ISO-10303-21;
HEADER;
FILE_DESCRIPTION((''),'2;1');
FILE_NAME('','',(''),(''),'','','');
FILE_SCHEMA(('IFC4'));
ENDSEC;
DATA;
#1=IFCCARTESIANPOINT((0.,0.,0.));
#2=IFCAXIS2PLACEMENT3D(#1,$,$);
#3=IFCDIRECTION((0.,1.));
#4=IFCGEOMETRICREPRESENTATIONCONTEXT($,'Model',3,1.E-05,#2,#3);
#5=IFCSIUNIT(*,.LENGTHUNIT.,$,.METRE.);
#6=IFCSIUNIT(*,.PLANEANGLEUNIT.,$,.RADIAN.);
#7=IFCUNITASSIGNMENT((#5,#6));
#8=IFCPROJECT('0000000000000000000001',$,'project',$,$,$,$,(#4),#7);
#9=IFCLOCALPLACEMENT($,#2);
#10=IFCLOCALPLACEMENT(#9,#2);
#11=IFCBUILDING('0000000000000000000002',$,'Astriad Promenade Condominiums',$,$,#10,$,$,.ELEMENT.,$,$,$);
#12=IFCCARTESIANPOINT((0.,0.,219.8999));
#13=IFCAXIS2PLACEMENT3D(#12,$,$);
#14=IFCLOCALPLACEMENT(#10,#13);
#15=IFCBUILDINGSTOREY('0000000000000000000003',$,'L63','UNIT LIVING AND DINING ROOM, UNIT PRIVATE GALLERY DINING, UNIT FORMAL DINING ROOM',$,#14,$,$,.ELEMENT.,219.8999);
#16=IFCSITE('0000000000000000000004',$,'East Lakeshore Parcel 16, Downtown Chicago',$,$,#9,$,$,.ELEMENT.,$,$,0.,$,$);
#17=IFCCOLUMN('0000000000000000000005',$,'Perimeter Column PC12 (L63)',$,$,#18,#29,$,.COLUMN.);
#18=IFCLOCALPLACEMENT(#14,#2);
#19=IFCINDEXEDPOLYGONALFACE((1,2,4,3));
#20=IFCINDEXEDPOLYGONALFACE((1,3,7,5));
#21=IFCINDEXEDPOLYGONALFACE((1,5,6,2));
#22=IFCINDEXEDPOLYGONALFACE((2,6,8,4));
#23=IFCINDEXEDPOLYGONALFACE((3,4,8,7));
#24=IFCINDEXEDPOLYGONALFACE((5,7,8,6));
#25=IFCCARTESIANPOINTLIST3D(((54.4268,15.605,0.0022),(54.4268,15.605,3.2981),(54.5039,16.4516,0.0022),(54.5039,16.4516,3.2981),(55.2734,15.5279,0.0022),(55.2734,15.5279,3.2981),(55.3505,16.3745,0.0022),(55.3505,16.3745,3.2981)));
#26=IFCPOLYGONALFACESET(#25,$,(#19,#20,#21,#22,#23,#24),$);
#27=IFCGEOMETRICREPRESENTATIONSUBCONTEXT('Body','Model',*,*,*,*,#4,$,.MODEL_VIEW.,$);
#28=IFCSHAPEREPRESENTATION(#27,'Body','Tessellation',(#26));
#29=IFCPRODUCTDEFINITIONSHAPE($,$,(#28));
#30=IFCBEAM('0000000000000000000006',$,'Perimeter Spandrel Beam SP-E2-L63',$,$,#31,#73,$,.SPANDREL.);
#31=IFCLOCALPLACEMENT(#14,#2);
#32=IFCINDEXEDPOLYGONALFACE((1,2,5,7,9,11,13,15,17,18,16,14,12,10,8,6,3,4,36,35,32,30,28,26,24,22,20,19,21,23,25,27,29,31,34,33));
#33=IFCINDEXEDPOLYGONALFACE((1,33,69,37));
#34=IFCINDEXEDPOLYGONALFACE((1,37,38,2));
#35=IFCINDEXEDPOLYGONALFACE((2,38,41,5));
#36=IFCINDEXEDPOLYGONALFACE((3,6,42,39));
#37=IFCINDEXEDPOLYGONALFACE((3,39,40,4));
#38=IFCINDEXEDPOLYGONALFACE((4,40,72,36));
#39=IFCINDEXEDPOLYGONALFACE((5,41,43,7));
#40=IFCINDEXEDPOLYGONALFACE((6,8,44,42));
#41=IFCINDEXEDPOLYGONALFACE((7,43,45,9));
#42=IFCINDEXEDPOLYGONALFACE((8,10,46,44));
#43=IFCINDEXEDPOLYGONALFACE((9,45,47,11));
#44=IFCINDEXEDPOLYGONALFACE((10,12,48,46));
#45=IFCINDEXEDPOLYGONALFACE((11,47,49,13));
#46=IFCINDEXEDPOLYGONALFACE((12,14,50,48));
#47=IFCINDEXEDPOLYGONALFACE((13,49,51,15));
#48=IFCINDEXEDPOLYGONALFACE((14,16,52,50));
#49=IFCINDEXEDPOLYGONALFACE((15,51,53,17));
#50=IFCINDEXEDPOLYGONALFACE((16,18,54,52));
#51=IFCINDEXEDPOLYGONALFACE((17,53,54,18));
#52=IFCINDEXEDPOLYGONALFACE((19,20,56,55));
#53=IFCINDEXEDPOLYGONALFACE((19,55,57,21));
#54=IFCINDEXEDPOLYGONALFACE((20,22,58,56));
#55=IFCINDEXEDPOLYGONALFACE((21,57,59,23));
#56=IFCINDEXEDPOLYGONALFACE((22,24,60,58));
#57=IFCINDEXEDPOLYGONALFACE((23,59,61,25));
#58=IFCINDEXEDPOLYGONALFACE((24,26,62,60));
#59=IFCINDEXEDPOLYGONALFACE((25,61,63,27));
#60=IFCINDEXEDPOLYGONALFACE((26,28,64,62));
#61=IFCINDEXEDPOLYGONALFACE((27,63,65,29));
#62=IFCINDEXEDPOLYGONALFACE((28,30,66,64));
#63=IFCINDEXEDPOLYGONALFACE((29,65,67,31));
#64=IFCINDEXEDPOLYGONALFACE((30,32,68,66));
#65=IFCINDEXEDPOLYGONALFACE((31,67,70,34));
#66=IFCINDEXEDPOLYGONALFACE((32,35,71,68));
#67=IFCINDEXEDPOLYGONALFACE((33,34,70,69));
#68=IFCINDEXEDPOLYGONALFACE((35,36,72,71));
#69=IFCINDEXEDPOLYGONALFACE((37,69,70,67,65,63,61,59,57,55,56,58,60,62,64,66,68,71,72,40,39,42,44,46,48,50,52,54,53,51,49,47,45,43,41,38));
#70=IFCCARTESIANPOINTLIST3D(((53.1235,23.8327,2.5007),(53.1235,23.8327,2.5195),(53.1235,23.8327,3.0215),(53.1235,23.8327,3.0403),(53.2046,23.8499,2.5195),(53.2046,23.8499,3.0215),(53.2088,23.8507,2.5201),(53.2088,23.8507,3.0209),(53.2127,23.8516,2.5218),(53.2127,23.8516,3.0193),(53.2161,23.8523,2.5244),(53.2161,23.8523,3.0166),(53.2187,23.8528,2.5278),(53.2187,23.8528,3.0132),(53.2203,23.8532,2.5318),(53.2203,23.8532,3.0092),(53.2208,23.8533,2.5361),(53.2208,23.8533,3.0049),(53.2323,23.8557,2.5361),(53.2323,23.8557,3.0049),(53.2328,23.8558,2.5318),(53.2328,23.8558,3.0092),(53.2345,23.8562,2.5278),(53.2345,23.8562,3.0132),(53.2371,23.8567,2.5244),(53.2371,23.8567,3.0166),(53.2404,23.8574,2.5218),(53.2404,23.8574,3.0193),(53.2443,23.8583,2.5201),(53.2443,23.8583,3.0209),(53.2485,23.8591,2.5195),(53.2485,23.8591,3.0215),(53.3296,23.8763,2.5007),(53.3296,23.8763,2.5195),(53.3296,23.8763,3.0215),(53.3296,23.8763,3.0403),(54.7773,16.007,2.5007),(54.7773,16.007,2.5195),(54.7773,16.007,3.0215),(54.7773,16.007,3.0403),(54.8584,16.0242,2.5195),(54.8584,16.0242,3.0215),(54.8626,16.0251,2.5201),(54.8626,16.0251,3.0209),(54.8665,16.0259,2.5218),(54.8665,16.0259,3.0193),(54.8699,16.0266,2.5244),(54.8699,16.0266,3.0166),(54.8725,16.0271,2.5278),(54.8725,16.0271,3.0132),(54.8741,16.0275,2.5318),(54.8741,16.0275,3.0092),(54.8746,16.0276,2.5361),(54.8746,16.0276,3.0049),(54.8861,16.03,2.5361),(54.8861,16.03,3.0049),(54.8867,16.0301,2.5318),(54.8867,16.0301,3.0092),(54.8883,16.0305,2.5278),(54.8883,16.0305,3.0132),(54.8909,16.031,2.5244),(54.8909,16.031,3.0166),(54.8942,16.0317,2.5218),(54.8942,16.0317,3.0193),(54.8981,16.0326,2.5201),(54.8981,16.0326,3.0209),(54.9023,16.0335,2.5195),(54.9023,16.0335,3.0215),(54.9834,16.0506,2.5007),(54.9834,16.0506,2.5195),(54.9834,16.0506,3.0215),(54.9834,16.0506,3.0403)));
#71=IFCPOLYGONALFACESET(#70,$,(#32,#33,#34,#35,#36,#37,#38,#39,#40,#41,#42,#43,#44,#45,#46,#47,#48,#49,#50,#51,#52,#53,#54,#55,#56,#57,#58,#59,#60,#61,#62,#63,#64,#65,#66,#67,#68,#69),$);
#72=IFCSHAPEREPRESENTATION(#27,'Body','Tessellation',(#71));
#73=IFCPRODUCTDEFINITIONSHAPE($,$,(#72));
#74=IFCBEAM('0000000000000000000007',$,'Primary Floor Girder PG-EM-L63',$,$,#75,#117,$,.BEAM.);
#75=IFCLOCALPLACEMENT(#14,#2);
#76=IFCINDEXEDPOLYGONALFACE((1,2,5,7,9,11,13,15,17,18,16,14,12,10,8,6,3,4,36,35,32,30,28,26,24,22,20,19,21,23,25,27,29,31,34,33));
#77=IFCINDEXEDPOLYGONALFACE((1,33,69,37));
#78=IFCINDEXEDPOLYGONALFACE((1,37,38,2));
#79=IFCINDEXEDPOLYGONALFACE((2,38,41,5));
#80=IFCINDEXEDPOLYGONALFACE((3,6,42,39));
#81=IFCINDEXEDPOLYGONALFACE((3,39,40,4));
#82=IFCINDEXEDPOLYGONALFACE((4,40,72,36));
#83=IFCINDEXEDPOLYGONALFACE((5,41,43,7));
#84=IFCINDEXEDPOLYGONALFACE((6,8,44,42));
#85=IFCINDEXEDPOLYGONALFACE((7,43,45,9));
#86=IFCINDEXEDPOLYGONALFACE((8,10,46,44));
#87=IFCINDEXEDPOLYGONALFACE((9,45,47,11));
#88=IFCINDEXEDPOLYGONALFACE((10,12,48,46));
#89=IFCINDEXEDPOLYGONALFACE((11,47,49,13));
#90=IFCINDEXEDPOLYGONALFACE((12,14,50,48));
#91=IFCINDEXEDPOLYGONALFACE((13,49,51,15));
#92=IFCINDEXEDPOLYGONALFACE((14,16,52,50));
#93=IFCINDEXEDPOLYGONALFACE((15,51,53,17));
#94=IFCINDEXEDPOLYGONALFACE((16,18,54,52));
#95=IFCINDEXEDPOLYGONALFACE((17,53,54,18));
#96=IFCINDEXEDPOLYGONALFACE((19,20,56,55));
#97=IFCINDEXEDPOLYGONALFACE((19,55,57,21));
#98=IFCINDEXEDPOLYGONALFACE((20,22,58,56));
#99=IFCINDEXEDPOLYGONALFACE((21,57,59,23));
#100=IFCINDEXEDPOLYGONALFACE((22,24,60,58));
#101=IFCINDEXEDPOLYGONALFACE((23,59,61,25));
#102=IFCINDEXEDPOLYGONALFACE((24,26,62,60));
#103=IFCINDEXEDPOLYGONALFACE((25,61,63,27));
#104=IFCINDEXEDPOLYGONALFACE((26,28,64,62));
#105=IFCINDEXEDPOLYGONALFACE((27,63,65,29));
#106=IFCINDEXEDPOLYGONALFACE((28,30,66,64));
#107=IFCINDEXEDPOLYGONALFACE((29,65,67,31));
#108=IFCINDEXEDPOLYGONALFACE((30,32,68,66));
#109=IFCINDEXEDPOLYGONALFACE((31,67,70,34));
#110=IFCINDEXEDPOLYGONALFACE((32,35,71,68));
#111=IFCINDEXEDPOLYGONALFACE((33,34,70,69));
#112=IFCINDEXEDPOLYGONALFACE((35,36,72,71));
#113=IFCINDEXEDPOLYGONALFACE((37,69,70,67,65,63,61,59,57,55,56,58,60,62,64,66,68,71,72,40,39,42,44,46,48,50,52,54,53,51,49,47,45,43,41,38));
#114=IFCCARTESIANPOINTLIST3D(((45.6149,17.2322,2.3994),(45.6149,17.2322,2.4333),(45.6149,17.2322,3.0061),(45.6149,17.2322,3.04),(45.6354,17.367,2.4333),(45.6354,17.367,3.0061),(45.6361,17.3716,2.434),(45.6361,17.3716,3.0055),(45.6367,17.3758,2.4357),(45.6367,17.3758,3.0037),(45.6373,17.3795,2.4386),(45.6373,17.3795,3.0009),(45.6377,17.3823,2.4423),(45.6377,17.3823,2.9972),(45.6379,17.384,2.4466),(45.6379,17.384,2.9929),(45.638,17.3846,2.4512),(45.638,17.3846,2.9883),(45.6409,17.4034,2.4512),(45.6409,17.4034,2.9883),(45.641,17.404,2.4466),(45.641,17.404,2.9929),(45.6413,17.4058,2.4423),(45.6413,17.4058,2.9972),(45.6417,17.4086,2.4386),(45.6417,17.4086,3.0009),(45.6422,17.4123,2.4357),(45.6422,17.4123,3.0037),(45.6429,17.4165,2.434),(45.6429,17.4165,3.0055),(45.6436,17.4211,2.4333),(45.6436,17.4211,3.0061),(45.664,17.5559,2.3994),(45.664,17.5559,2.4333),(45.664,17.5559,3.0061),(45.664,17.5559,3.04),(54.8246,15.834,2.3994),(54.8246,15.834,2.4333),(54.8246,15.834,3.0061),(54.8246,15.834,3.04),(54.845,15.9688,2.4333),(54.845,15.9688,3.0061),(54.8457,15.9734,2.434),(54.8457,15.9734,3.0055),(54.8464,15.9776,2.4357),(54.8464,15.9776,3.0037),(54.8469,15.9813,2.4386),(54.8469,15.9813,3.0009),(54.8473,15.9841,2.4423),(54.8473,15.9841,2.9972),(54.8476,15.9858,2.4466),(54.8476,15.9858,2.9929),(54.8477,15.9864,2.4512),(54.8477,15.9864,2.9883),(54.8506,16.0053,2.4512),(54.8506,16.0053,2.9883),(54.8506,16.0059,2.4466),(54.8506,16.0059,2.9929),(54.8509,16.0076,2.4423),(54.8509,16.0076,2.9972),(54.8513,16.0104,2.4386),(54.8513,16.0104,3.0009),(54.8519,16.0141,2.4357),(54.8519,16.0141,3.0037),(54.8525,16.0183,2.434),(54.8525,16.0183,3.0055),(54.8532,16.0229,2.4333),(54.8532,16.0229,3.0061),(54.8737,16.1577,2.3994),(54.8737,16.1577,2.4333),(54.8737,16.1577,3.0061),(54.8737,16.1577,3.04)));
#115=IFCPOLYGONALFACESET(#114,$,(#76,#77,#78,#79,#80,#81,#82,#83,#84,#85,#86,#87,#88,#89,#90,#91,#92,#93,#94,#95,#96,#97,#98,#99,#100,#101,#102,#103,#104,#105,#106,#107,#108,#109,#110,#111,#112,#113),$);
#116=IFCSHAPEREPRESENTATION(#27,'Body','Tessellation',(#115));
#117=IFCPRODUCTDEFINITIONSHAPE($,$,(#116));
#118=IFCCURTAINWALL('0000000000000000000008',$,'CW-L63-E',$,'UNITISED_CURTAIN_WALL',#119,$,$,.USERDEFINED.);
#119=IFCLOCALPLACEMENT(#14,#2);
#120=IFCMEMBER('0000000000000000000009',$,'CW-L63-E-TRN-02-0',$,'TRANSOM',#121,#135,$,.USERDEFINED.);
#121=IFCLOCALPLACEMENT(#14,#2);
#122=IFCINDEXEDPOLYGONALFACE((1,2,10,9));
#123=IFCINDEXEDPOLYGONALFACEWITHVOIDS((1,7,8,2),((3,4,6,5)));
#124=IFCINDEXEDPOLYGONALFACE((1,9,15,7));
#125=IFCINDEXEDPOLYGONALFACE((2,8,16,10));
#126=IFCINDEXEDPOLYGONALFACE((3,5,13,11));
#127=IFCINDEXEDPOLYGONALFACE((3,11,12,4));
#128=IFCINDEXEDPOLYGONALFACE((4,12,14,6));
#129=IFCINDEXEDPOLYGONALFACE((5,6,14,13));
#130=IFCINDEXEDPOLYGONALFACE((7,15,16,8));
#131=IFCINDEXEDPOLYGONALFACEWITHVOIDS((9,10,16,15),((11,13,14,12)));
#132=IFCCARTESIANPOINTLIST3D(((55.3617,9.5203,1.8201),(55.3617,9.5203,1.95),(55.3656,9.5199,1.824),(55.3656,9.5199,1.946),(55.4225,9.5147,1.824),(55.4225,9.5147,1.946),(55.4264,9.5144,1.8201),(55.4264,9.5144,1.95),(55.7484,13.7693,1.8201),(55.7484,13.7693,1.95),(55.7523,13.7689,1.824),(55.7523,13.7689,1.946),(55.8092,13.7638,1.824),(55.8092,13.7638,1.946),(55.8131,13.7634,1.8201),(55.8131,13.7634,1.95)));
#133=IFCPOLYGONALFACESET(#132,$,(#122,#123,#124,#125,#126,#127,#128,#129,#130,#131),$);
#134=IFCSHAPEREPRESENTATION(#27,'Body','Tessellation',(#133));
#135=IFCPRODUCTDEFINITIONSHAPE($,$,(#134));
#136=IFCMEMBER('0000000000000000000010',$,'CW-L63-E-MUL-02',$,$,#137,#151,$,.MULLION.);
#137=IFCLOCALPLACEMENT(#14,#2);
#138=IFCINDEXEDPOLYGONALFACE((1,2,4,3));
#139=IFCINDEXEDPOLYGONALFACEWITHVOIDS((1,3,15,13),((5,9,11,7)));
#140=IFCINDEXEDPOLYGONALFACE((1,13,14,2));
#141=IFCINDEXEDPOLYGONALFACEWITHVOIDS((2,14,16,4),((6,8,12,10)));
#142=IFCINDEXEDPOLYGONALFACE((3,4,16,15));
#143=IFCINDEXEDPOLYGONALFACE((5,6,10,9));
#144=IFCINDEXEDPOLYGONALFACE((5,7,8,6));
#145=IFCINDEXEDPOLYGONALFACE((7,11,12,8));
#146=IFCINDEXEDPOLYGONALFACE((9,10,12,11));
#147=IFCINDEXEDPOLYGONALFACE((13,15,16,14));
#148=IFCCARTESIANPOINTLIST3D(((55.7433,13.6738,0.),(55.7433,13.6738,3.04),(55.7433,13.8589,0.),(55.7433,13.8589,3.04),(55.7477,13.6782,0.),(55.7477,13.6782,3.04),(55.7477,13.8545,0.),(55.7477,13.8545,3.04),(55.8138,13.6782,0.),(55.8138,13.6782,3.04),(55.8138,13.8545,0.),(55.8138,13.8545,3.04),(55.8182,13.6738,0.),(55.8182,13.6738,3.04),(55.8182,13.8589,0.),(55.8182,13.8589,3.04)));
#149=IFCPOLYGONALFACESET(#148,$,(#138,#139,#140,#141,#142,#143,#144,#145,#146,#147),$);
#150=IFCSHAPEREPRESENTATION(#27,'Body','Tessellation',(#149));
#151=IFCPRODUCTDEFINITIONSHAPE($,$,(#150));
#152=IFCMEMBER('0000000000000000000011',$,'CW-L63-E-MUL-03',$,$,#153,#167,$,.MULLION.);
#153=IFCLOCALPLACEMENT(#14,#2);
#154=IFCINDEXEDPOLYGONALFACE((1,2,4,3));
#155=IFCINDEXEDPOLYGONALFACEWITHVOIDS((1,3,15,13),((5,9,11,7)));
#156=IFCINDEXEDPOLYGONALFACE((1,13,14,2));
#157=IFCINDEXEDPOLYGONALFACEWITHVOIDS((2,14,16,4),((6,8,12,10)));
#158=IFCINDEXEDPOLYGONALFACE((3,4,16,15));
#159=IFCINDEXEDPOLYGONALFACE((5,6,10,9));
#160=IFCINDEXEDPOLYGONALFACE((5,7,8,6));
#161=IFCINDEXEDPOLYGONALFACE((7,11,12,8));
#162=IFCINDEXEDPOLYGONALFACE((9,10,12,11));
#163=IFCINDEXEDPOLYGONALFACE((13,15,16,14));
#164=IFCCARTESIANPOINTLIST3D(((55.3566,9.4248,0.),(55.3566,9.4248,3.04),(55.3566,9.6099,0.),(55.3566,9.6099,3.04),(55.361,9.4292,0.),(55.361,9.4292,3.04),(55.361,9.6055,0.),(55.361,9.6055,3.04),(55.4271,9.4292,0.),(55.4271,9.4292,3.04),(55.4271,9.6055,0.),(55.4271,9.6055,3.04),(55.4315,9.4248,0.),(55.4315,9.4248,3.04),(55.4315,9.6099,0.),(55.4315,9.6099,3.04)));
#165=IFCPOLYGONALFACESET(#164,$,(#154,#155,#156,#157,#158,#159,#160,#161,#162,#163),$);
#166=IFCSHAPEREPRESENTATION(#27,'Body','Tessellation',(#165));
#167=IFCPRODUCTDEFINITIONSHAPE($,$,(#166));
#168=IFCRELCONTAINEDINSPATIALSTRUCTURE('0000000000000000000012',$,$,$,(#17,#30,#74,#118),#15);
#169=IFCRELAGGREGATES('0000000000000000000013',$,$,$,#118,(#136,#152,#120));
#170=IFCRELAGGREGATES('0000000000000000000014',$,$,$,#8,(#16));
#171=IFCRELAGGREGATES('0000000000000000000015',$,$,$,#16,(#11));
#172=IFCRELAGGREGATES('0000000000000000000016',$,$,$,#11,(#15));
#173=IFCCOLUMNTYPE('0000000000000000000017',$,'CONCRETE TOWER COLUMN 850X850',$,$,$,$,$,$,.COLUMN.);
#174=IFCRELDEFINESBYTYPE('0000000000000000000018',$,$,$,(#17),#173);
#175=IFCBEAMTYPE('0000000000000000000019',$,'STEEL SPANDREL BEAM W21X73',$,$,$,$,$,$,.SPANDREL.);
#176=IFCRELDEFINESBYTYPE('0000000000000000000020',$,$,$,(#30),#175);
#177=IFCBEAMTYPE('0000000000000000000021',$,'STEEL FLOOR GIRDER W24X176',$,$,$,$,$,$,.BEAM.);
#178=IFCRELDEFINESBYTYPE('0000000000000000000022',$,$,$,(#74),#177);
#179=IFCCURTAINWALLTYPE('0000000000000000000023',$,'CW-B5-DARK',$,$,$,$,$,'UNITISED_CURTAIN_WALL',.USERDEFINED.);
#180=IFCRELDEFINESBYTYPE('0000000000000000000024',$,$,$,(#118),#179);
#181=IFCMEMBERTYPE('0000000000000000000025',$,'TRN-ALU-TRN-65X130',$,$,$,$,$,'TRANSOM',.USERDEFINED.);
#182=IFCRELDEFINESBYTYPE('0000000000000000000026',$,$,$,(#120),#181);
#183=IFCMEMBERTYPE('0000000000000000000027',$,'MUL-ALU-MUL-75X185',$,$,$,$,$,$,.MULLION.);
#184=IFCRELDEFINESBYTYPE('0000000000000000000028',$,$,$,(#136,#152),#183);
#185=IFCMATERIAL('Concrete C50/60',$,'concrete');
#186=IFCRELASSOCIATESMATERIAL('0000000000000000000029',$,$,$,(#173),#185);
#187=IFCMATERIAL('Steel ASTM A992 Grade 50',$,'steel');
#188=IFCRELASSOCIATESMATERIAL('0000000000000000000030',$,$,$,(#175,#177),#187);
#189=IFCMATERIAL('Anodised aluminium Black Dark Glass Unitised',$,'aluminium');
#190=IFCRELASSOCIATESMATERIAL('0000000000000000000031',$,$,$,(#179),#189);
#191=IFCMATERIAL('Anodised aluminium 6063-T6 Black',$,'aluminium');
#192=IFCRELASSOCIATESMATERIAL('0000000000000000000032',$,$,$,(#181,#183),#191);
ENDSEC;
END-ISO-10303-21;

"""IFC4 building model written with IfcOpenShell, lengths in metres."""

from ifc_helpers import new_model, si_unit, direction, frame, origin, origin_2d, place, context, subcontext, project, spatial, rectangle, hollow_rectangle, i_section, extrude, source, transform, mapped, material, material_profile, profile_set, type_object, type_shapes, element, aggregate, save


model = new_model("IFC4")

# Units and contexts
model_context = context("Model", 3, precision=1e-05, world=origin(), true_north=direction((0.0, 1.0)))
body_context = subcontext(model_context, "Body", "Model", "MODEL_VIEW")
ifc_project = project(units=[si_unit("LENGTHUNIT", "METRE"), si_unit("PLANEANGLEUNIT", "RADIAN")], contexts=[model_context])

# Site, building, storey
site_placement = place(None, origin())
site = spatial("IfcSite", under=ifc_project, at=site_placement, Name="East Lakeshore Parcel 16, Downtown Chicago", CompositionType="ELEMENT", RefElevation=0.0)
building_placement = place(site_placement, origin())
building = spatial("IfcBuilding", under=site, at=building_placement, Name="Astriad Promenade Condominiums", CompositionType="ELEMENT")
storey_placement = place(building_placement, frame((0.0, 0.0, 219.8999)))
storey = spatial("IfcBuildingStorey", under=building, at=storey_placement, Name="L63", Description="UNIT LIVING AND DINING ROOM, UNIT PRIVATE GALLERY DINING, UNIT FORMAL DINING ROOM", CompositionType="ELEMENT", Elevation=219.8999)

# Column
ifc_material_1 = material(Name="Concrete C50/60", Category="concrete")
ifc_material_profile_1 = material_profile(ifc_material_1, rectangle(XDim=0.8501, YDim=0.8501, at=origin_2d()), Name="RC-COL-850X850")
ifc_profile_set_1 = profile_set([ifc_material_profile_1], Name="Concrete C50/60")
column_type = type_object("IfcColumnType", Name="CONCRETE TOWER COLUMN 850X850", PredefinedType="COLUMN", material=ifc_profile_set_1)
shared_shape_1 = source(origin(), body_context, "Body", "SweptSolid", [
    extrude(rectangle(XDim=0.8501, YDim=0.8501, at=origin_2d()), origin(), (0.0, 0.0, 1.0), 3.2959),
])
type_shapes(column_type, [shared_shape_1])
column_placement = place(storey_placement, frame((54.8887, 15.9897, 0.0022), z_axis=(0.0, 0.0, 1.0), x_axis=(0.995884, -0.090633, 0.0)))
element("IfcColumn", 1, at=column_placement, inside=storey, type_object=column_type, Name="Perimeter Column PC12 (L63)", PredefinedType="COLUMN", context=body_context, shape_type="MappedRepresentation", body=[
    mapped(shared_shape_1, transform((0.0, 0.0, 0.0), scale=1.0)),
])

# Beams
ifc_material_2 = material(Name="Steel ASTM A992 Grade 50", Category="steel")
ifc_material_profile_2 = material_profile(ifc_material_2, i_section(OverallWidth=0.2107, OverallDepth=0.5396, WebThickness=0.0117, FlangeThickness=0.0188, FilletRadius=0.0166, at=origin_2d()), Name="W21X73")
ifc_profile_set_2 = profile_set([ifc_material_profile_2], Name="Steel ASTM A992 Grade 50")
beam_type_1 = type_object("IfcBeamType", Name="STEEL SPANDREL BEAM W21X73", PredefinedType="SPANDREL", material=ifc_profile_set_2)
shared_shape_2 = source(origin(), body_context, "Body", "SweptSolid", [
    extrude(i_section(OverallWidth=0.2107, OverallDepth=0.5396, WebThickness=0.0117, FlangeThickness=0.0188, FilletRadius=0.0166, at=origin_2d()), origin(), (0.0, 0.0, 1.0), 7.9985),
])
type_shapes(beam_type_1, [shared_shape_2])
beam_1_placement = place(storey_placement, frame((54.8804, 16.0288, 2.7705), z_axis=(-0.206764, 0.978391, 0.0), x_axis=(-0.978391, -0.206764, 0.0)))
element("IfcBeam", 2, at=beam_1_placement, inside=storey, type_object=beam_type_1, Name="Perimeter Spandrel Beam SP-E2-L63", PredefinedType="SPANDREL", context=body_context, shape_type="MappedRepresentation", body=[
    mapped(shared_shape_2, transform((0.0, 0.0, 0.0), scale=1.0)),
])
ifc_material_profile_3 = material_profile(ifc_material_2, i_section(OverallWidth=0.3274, OverallDepth=0.6406, WebThickness=0.019, FlangeThickness=0.0339, FilletRadius=0.0178, at=origin_2d()), Name="W24X176")
ifc_profile_set_3 = profile_set([ifc_material_profile_3], Name="Steel ASTM A992 Grade 50")
beam_type_2 = type_object("IfcBeamType", Name="STEEL FLOOR GIRDER W24X176", PredefinedType="BEAM", material=ifc_profile_set_3)
shared_shape_3 = source(origin(), body_context, "Body", "SweptSolid", [
    extrude(i_section(OverallWidth=0.3274, OverallDepth=0.6406, WebThickness=0.019, FlangeThickness=0.0339, FilletRadius=0.0178, at=origin_2d()), origin(), (0.0, 0.0, 1.0), 9.3152),
])
type_shapes(beam_type_2, [shared_shape_3])
beam_2_placement = place(storey_placement, frame((54.8491, 15.9958, 2.7197), z_axis=(-0.988671, 0.150097, 0.0), x_axis=(-0.150097, -0.988671, 0.0)))
element("IfcBeam", 3, at=beam_2_placement, inside=storey, type_object=beam_type_2, Name="Primary Floor Girder PG-EM-L63", PredefinedType="BEAM", context=body_context, shape_type="MappedRepresentation", body=[
    mapped(shared_shape_3, transform((0.0, 0.0, 0.0), scale=1.0)),
])

# Curtain wall, members
ifc_material_3 = material(Name="Anodised aluminium Black Dark Glass Unitised", Category="aluminium")
curtain_wall_type = type_object("IfcCurtainWallType", Name="CW-B5-DARK", ElementType="UNITISED_CURTAIN_WALL", PredefinedType="USERDEFINED", material=ifc_material_3)
curtain_wall_placement = place(storey_placement, origin())
curtain_wall = element("IfcCurtainWall", 4, at=curtain_wall_placement, inside=storey, type_object=curtain_wall_type, Name="CW-L63-E", ObjectType="UNITISED_CURTAIN_WALL", PredefinedType="USERDEFINED")
ifc_material_4 = material(Name="Anodised aluminium 6063-T6 Black", Category="aluminium")
ifc_material_profile_4 = material_profile(ifc_material_4, hollow_rectangle(XDim=0.0649, YDim=0.1299, WallThickness=0.0039, at=origin_2d()), Name="ALU-TRN-65X130")
ifc_profile_set_4 = profile_set([ifc_material_profile_4], Name="Anodised aluminium 6063-T6 Black")
member_type_1 = type_object("IfcMemberType", Name="TRN-ALU-TRN-65X130", ElementType="TRANSOM", PredefinedType="USERDEFINED", material=ifc_profile_set_4)
shared_shape_4 = source(origin(), body_context, "Body", "SweptSolid", [
    extrude(hollow_rectangle(XDim=0.0649, YDim=0.1299, WallThickness=0.0039, at=origin_2d()), origin(), (0.0, 0.0, 1.0), 4.2666),
])
type_shapes(member_type_1, [shared_shape_4])
member_1_placement = place(storey_placement, frame((55.7808, 13.7664, 1.885), z_axis=(-0.090639, -0.995884, 0.0), x_axis=(0.995884, -0.090639, 0.0)))
member_1 = element("IfcMember", 5, at=member_1_placement, type_object=member_type_1, Name="CW-L63-E-TRN-02-0", ObjectType="TRANSOM", PredefinedType="USERDEFINED", context=body_context, shape_type="MappedRepresentation", body=[
    mapped(shared_shape_4, transform((0.0, 0.0, 0.0), scale=1.0)),
])
ifc_material_profile_5 = material_profile(ifc_material_4, hollow_rectangle(XDim=0.075, YDim=0.1851, WallThickness=0.0044, at=origin_2d()), Name="ALU-MUL-75X185")
ifc_profile_set_5 = profile_set([ifc_material_profile_5], Name="Anodised aluminium 6063-T6 Black")
member_type_2 = type_object("IfcMemberType", Name="MUL-ALU-MUL-75X185", PredefinedType="MULLION", material=ifc_profile_set_5)
shared_shape_5 = source(origin(), body_context, "Body", "SweptSolid", [
    extrude(hollow_rectangle(XDim=0.075, YDim=0.1851, WallThickness=0.0044, at=origin_2d()), origin(), (0.0, 0.0, 1.0), 3.04),
])
type_shapes(member_type_2, [shared_shape_5])
member_2_placement = place(storey_placement, frame((55.7808, 13.7664, 0.0), z_axis=(0.0, 0.0, 1.0), x_axis=(1.0, 0.0, 0.0)))
member_2 = element("IfcMember", 6, at=member_2_placement, type_object=member_type_2, Name="CW-L63-E-MUL-02", PredefinedType="MULLION", context=body_context, shape_type="MappedRepresentation", body=[
    mapped(shared_shape_5, transform((0.0, 0.0, 0.0), scale=1.0)),
])
member_3_placement = place(storey_placement, frame((55.394, 9.5173, 0.0), z_axis=(0.0, 0.0, 1.0), x_axis=(1.0, 0.0, 0.0)))
member_3 = element("IfcMember", 7, at=member_3_placement, type_object=member_type_2, Name="CW-L63-E-MUL-03", PredefinedType="MULLION", context=body_context, shape_type="MappedRepresentation", body=[
    mapped(shared_shape_5, transform((0.0, 0.0, 0.0), scale=1.0)),
])
aggregate(curtain_wall, [member_2, member_3, member_1])

save(model, "model.ifc")
